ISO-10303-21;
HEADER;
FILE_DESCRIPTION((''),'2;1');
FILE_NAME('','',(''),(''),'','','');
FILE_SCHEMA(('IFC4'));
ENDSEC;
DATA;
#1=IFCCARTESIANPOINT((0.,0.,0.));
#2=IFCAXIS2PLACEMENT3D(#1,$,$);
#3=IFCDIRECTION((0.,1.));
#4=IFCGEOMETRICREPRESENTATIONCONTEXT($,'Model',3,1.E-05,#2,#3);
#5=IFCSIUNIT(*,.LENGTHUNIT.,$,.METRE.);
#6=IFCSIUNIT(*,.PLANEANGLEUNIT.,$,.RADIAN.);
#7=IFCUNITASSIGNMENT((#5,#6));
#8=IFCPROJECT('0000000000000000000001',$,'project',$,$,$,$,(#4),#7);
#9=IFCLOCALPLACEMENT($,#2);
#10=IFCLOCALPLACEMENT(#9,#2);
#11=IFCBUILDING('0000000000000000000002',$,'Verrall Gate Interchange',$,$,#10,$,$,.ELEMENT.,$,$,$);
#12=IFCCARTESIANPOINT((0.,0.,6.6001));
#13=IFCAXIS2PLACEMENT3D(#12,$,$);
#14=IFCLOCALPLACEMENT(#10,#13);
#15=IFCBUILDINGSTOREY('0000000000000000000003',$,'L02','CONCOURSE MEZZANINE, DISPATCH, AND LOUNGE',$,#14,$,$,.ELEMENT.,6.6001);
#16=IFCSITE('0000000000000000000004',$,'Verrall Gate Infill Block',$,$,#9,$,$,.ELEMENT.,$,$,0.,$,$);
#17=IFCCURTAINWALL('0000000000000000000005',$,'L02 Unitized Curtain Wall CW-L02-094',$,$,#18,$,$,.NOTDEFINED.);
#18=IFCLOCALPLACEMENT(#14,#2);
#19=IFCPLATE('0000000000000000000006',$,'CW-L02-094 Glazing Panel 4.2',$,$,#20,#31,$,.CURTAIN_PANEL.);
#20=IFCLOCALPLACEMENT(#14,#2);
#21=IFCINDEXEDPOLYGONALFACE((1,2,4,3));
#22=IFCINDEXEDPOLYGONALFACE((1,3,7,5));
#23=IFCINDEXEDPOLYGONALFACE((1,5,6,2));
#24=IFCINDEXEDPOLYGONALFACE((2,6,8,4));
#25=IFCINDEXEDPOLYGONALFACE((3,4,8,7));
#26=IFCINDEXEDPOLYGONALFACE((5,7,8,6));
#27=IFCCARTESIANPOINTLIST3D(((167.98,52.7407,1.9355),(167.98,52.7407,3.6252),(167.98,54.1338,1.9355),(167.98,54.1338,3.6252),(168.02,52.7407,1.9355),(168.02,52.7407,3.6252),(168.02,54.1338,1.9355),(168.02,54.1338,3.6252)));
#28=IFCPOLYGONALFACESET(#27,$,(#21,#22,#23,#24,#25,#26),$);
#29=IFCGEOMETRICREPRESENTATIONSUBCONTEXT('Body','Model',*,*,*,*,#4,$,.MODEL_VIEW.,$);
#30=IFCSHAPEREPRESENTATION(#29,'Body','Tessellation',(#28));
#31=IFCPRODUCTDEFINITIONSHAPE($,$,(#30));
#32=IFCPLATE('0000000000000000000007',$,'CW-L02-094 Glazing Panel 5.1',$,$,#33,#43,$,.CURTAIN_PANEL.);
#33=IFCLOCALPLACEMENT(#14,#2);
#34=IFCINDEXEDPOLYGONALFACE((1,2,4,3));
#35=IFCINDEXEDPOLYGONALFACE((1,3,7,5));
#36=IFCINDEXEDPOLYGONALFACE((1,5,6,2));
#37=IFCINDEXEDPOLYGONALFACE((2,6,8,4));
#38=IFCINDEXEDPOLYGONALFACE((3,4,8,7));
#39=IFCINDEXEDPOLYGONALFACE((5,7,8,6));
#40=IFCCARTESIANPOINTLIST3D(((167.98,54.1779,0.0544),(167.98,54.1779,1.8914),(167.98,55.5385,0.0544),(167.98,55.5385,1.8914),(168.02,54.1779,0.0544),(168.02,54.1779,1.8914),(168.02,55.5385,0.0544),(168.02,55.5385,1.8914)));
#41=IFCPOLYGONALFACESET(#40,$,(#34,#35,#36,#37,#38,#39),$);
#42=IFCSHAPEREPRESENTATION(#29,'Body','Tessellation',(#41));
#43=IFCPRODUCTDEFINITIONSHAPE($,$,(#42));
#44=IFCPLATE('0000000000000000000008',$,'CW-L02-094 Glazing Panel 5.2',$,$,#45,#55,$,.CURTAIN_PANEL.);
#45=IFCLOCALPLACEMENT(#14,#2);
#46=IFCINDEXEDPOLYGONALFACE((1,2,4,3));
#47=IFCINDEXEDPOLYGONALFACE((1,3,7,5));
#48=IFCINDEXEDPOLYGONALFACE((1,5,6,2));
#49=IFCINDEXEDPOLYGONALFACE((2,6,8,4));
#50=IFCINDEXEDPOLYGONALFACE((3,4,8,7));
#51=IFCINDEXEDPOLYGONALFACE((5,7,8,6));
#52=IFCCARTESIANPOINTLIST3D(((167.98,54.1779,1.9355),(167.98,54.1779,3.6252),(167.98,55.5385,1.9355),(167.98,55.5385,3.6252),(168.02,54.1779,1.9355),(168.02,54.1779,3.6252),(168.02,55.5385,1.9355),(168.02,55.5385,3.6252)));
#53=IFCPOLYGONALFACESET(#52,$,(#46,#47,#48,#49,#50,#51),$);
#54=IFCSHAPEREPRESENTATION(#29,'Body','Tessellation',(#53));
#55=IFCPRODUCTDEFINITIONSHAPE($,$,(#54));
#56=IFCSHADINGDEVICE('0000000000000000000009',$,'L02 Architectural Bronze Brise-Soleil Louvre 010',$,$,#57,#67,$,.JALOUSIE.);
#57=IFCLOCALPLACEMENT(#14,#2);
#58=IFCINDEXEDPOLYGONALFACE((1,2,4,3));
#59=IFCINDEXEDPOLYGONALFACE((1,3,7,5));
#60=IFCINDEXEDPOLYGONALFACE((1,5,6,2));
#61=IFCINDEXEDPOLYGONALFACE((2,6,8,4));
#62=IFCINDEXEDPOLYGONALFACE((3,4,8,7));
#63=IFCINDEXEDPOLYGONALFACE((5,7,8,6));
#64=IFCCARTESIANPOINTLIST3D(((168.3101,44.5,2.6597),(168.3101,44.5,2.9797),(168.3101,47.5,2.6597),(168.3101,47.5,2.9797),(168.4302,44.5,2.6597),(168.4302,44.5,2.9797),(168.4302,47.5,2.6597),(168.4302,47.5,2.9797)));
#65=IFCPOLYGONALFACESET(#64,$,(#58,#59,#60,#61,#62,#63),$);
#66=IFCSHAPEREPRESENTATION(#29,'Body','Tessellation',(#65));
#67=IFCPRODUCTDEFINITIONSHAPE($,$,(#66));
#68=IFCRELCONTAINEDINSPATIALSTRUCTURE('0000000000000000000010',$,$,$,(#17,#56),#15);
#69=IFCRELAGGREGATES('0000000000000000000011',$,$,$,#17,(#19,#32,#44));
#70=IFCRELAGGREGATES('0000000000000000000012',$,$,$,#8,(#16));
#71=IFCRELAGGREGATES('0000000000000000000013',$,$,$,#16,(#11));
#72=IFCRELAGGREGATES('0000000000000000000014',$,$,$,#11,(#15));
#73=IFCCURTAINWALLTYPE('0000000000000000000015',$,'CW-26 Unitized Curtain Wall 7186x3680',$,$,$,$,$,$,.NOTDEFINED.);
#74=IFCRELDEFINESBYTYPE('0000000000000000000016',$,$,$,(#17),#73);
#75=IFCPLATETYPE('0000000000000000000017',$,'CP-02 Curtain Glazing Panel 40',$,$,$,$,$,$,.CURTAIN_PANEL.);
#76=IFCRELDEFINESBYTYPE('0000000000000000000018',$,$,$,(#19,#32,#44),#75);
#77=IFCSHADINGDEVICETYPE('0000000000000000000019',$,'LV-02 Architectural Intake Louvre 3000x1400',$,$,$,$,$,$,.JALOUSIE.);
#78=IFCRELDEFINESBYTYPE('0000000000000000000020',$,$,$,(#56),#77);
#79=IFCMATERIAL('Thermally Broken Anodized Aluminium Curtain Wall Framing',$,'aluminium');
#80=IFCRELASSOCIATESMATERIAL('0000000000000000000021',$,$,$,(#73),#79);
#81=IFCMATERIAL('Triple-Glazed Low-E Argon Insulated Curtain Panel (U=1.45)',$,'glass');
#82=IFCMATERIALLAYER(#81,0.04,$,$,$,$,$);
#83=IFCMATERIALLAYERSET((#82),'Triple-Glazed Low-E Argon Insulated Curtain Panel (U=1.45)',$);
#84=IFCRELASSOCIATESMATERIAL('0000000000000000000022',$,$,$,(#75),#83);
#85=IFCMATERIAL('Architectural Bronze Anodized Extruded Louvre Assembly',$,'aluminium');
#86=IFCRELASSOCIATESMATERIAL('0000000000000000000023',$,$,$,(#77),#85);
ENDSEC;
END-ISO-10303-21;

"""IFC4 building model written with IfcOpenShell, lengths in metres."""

from ifc_helpers import new_model, si_unit, direction, frame, origin, origin_2d, place, context, subcontext, project, spatial, rectangle, extrude, material, layer, layer_set, type_object, element, aggregate, save


model = new_model("IFC4")

# Units and contexts
model_context = context("Model", 3, precision=1e-05, world=origin(), true_north=direction((0.0, 1.0)))
body_context = subcontext(model_context, "Body", "Model", "MODEL_VIEW")
ifc_project = project(units=[si_unit("LENGTHUNIT", "METRE"), si_unit("PLANEANGLEUNIT", "RADIAN")], contexts=[model_context])

# Site, building, storey
site_placement = place(None, origin())
site = spatial("IfcSite", under=ifc_project, at=site_placement, Name="Verrall Gate Infill Block", CompositionType="ELEMENT", RefElevation=0.0)
building_placement = place(site_placement, origin())
building = spatial("IfcBuilding", under=site, at=building_placement, Name="Verrall Gate Interchange", CompositionType="ELEMENT")
storey_placement = place(building_placement, frame((0.0, 0.0, 6.6001)))
storey = spatial("IfcBuildingStorey", under=building, at=storey_placement, Name="L02", Description="CONCOURSE MEZZANINE, DISPATCH, AND LOUNGE", CompositionType="ELEMENT", Elevation=6.6001)

# Curtain wall
ifc_material_1 = material(Name="Thermally Broken Anodized Aluminium Curtain Wall Framing", Category="aluminium")
curtain_wall_type = type_object("IfcCurtainWallType", Name="CW-26 Unitized Curtain Wall 7186x3680", PredefinedType="NOTDEFINED", material=ifc_material_1)
curtain_wall_placement = place(storey_placement, origin())
curtain_wall = element("IfcCurtainWall", 1, at=curtain_wall_placement, inside=storey, type_object=curtain_wall_type, Name="L02 Unitized Curtain Wall CW-L02-094", PredefinedType="NOTDEFINED")

# Plates
ifc_material_2 = material(Name="Triple-Glazed Low-E Argon Insulated Curtain Panel (U=1.45)", Category="glass")
ifc_layer = layer(ifc_material_2, 0.04)
ifc_layer_set = layer_set([ifc_layer], Name="Triple-Glazed Low-E Argon Insulated Curtain Panel (U=1.45)")
plate_type = type_object("IfcPlateType", Name="CP-02 Curtain Glazing Panel 40", PredefinedType="CURTAIN_PANEL", material=ifc_layer_set)
plate_1_placement = place(storey_placement, frame((168.0, 53.4373, 1.9355), z_axis=(0.0, 0.0, 1.0), x_axis=(0.0, 1.0, 0.0)))
plate_1 = element("IfcPlate", 2, at=plate_1_placement, type_object=plate_type, Name="CW-L02-094 Glazing Panel 4.2", PredefinedType="CURTAIN_PANEL", context=body_context, shape_type="SweptSolid", body=[
    extrude(rectangle(XDim=1.3931, YDim=0.04, at=origin_2d()), origin(), (0.0, 0.0, 1.0), 1.6897),
])
plate_2_placement = place(storey_placement, frame((168.0, 54.8582, 0.0544), z_axis=(0.0, 0.0, 1.0), x_axis=(0.0, 1.0, 0.0)))
plate_2 = element("IfcPlate", 3, at=plate_2_placement, type_object=plate_type, Name="CW-L02-094 Glazing Panel 5.1", PredefinedType="CURTAIN_PANEL", context=body_context, shape_type="SweptSolid", body=[
    extrude(rectangle(XDim=1.3606, YDim=0.04, at=origin_2d()), origin(), (0.0, 0.0, 1.0), 1.8369),
])
plate_3_placement = place(storey_placement, frame((168.0, 54.8582, 1.9355), z_axis=(0.0, 0.0, 1.0), x_axis=(0.0, 1.0, 0.0)))
plate_3 = element("IfcPlate", 4, at=plate_3_placement, type_object=plate_type, Name="CW-L02-094 Glazing Panel 5.2", PredefinedType="CURTAIN_PANEL", context=body_context, shape_type="SweptSolid", body=[
    extrude(rectangle(XDim=1.3606, YDim=0.04, at=origin_2d()), origin(), (0.0, 0.0, 1.0), 1.6897),
])
aggregate(curtain_wall, [plate_1, plate_2, plate_3])

# Shading device
ifc_material_3 = material(Name="Architectural Bronze Anodized Extruded Louvre Assembly", Category="aluminium")
shading_device_type = type_object("IfcShadingDeviceType", Name="LV-02 Architectural Intake Louvre 3000x1400", PredefinedType="JALOUSIE", material=ifc_material_3)
shading_device_placement = place(storey_placement, frame((168.3701, 46.0, 2.6597), z_axis=(0.0, 0.0, 1.0), x_axis=(0.0, 1.0, 0.0)))
element("IfcShadingDevice", 5, at=shading_device_placement, inside=storey, type_object=shading_device_type, Name="L02 Architectural Bronze Brise-Soleil Louvre 010", PredefinedType="JALOUSIE", context=body_context, shape_type="SweptSolid", body=[
    extrude(rectangle(XDim=3.0, YDim=0.1201, at=origin_2d()), origin(), (0.0, 0.0, 1.0), 0.3201),
])

save(model, "model.ifc")
